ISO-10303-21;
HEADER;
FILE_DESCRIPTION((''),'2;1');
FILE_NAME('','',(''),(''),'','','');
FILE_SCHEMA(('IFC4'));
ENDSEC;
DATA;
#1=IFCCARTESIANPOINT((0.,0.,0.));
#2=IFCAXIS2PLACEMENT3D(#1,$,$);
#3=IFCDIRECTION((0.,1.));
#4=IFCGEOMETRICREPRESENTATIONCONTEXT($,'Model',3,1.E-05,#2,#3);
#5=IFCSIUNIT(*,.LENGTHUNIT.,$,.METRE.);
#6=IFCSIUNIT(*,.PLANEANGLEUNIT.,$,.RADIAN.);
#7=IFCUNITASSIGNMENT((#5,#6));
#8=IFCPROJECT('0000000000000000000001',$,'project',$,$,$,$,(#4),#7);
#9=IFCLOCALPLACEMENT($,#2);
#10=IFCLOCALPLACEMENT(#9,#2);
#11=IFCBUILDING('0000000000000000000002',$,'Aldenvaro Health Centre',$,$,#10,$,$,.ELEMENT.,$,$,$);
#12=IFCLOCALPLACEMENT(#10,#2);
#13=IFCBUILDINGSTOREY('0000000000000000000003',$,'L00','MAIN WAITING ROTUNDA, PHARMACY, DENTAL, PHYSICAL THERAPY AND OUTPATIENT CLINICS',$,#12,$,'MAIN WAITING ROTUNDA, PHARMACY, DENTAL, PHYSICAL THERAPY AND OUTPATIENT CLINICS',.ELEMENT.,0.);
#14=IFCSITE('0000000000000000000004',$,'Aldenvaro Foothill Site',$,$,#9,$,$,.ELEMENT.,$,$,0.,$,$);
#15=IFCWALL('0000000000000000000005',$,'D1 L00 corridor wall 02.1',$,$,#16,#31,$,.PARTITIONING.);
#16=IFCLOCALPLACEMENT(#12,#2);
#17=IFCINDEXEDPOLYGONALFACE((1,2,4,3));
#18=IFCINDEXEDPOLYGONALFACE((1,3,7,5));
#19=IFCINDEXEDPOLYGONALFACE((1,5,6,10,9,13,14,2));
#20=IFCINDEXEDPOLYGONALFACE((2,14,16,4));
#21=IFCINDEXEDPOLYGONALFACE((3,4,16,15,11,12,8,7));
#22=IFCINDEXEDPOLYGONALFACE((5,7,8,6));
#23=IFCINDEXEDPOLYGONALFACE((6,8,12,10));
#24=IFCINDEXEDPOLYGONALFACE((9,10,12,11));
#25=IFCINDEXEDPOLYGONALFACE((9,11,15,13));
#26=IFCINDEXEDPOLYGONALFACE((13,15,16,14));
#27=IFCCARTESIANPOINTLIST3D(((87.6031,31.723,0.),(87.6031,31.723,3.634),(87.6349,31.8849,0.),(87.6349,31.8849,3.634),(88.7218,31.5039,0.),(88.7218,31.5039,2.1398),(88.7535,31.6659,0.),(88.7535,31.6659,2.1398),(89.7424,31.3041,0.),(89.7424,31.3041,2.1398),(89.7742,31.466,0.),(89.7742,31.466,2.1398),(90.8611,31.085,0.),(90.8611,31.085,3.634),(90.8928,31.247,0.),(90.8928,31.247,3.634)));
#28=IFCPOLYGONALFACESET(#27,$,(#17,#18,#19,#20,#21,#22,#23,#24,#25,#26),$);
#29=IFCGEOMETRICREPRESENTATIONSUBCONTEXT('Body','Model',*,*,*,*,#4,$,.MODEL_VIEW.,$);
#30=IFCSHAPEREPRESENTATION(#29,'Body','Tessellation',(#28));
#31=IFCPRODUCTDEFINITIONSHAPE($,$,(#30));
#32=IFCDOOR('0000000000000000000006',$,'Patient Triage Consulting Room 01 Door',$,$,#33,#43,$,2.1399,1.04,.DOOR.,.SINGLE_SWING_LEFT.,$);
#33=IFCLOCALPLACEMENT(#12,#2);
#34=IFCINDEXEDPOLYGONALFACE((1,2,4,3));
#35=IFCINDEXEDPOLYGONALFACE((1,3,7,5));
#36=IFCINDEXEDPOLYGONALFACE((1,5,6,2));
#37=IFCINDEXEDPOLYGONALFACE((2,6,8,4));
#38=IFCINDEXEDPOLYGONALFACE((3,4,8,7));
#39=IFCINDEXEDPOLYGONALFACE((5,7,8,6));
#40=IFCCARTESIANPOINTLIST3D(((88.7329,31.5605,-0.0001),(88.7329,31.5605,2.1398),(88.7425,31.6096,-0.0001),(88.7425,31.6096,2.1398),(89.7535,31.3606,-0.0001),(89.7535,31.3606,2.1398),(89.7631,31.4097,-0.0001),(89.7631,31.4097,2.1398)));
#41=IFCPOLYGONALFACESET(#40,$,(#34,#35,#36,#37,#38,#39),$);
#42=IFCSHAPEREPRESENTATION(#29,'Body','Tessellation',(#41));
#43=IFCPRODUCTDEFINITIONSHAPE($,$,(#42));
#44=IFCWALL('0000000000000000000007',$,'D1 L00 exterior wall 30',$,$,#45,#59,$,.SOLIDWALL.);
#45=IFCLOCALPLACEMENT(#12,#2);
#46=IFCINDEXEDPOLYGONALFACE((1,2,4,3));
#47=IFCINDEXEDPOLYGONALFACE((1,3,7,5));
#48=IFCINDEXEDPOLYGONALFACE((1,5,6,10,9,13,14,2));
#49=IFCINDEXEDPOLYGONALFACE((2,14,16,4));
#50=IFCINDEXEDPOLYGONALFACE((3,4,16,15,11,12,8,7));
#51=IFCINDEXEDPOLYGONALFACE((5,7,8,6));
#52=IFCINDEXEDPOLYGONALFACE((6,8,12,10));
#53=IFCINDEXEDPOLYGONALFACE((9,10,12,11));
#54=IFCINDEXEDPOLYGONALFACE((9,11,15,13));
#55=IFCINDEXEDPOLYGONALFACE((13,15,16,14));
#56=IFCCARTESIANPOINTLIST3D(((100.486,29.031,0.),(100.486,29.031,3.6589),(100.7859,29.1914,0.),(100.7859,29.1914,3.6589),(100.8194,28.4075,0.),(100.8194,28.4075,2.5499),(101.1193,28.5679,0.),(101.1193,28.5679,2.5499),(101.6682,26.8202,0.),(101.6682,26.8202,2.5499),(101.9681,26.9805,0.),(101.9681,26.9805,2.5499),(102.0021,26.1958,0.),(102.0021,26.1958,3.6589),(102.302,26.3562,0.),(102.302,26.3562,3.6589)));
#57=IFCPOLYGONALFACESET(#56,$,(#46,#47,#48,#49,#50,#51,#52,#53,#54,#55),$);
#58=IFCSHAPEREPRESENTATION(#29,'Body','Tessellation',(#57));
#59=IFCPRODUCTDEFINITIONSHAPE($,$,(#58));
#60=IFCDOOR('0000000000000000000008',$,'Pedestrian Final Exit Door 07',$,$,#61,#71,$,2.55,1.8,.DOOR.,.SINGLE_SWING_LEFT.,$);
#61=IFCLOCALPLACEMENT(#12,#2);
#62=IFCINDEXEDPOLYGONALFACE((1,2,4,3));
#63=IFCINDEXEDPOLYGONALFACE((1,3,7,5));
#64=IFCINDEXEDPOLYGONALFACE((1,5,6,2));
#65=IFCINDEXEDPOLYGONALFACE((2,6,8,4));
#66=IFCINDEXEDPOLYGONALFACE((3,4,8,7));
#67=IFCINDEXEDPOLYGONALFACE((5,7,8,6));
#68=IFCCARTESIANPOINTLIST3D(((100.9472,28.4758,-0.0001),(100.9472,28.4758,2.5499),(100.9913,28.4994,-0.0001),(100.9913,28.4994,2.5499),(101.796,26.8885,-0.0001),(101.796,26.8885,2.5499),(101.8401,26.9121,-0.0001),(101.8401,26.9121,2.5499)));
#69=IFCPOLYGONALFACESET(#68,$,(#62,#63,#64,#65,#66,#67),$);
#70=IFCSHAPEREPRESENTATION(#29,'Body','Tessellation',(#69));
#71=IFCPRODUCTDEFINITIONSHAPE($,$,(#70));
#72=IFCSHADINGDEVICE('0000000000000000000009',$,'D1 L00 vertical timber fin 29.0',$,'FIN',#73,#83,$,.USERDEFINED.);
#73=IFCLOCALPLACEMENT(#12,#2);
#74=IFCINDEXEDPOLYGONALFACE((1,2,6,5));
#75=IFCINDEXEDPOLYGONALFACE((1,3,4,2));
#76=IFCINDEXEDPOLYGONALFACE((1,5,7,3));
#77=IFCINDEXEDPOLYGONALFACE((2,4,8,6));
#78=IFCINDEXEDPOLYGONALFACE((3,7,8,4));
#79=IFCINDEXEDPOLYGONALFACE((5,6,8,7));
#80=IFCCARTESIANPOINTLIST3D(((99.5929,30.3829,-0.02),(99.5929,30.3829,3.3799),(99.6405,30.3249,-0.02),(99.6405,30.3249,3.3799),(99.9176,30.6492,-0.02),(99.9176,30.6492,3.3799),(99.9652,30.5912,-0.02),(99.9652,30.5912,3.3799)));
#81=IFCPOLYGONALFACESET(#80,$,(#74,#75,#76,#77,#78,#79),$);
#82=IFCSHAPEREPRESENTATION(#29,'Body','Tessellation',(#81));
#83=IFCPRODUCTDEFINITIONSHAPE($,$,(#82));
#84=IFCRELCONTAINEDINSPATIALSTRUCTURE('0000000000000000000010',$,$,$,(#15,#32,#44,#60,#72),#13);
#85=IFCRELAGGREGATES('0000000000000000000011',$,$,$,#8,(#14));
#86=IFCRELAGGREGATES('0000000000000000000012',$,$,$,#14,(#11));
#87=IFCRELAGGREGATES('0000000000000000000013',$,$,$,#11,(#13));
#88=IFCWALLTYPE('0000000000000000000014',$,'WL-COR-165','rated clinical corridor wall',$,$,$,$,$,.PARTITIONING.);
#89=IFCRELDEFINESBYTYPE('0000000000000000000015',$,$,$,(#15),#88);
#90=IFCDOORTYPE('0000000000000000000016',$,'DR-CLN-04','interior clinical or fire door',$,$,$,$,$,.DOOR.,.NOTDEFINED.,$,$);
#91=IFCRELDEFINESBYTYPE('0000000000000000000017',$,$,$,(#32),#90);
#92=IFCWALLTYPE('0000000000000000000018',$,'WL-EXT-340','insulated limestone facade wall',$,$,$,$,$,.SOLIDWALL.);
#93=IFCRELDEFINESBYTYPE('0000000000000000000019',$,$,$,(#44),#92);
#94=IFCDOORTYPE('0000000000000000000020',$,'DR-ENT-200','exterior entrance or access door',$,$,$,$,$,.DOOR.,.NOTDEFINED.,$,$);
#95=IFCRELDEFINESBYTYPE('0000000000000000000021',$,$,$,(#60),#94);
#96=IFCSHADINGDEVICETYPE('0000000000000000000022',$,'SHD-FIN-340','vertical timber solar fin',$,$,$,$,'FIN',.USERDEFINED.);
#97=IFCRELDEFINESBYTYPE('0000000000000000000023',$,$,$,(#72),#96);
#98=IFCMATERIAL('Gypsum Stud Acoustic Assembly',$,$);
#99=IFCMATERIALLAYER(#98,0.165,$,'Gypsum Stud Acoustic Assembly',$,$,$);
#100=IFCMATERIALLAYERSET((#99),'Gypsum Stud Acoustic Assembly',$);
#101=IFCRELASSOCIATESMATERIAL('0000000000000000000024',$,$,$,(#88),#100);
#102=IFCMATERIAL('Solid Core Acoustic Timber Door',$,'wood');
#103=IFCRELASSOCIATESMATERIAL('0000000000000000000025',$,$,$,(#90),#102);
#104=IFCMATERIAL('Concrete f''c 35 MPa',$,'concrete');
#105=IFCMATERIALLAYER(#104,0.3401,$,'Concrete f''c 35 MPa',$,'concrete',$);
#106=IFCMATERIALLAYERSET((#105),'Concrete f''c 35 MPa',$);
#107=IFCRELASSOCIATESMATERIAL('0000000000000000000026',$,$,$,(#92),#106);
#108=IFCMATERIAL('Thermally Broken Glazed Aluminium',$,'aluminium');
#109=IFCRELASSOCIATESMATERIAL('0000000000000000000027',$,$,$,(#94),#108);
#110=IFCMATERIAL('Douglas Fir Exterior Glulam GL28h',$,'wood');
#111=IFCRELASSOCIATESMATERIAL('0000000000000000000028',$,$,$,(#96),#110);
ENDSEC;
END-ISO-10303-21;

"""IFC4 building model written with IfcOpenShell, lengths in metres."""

from ifc_helpers import new_model, si_unit, direction, frame, frame_2d, origin, origin_2d, place, context, subcontext, project, spatial, rectangle, extrude, material, layer, layer_set, type_object, element, fill, save


model = new_model("IFC4")

# Units and contexts
model_context = context("Model", 3, precision=1e-05, world=origin(), true_north=direction((0.0, 1.0)))
body_context = subcontext(model_context, "Body", "Model", "MODEL_VIEW")
ifc_project = project(units=[si_unit("LENGTHUNIT", "METRE"), si_unit("PLANEANGLEUNIT", "RADIAN")], contexts=[model_context])

# Site, building, storey
site_placement = place(None, origin())
site = spatial("IfcSite", under=ifc_project, at=site_placement, Name="Aldenvaro Foothill Site", CompositionType="ELEMENT", RefElevation=0.0)
building_placement = place(site_placement, origin())
building = spatial("IfcBuilding", under=site, at=building_placement, Name="Aldenvaro Health Centre", CompositionType="ELEMENT")
storey_placement = place(building_placement, origin())
storey = spatial("IfcBuildingStorey", under=building, at=storey_placement, Name="L00", Description="MAIN WAITING ROTUNDA, PHARMACY, DENTAL, PHYSICAL THERAPY AND OUTPATIENT CLINICS", LongName="MAIN WAITING ROTUNDA, PHARMACY, DENTAL, PHYSICAL THERAPY AND OUTPATIENT CLINICS", CompositionType="ELEMENT", Elevation=0.0)

# Shared definitions
ifc_material_1 = material(Name="Gypsum Stud Acoustic Assembly")
ifc_layer_1 = layer(ifc_material_1, 0.165, Name="Gypsum Stud Acoustic Assembly")
ifc_layer_set_1 = layer_set([ifc_layer_1], Name="Gypsum Stud Acoustic Assembly")
wall_type_1 = type_object("IfcWallType", Name="WL-COR-165", Description="rated clinical corridor wall", PredefinedType="PARTITIONING", material=ifc_layer_set_1)

# Walls, openings, doors
wall_1_placement = place(storey_placement, frame((90.877, 31.166, 0.0), z_axis=(0.0, 0.0, 1.0), x_axis=(-0.981365, 0.192155, 0.0)))
wall_1 = element("IfcWall", 1, at=wall_1_placement, inside=storey, type_object=wall_type_1, Name="D1 L00 corridor wall 02.1", PredefinedType="PARTITIONING", context=body_context, shape_type="SweptSolid", body=[
    extrude(rectangle(XDim=3.3198, YDim=0.165, at=frame_2d((1.6599, 0.0))), origin(), (0.0, 0.0, 1.0), 3.634),
])
opening_1_placement = place(wall_1_placement, frame((1.1399, 0.0, 0.0)))
opening_1 = element("IfcOpeningElement", 2, at=opening_1_placement, cuts=wall_1, PredefinedType="OPENING", context=body_context, shape_type="SweptSolid", body=[
    extrude(rectangle(XDim=1.04, YDim=2.1399, at=frame_2d((0.52, 1.0698))), frame((0.0, 0.0925, 0.0), z_axis=(0.0, -1.0, 0.0), x_axis=(1.0, 0.0, 0.0)), (0.0, 0.0, 1.0), 0.1851),
])
ifc_material_2 = material(Name="Solid Core Acoustic Timber Door", Category="wood")
door_type_1 = type_object("IfcDoorType", Name="DR-CLN-04", Description="interior clinical or fire door", OperationType="NOTDEFINED", PredefinedType="DOOR", material=ifc_material_2)
door_1_placement = place(opening_1_placement, origin())
door_1 = element("IfcDoor", 3, at=door_1_placement, inside=storey, type_object=door_type_1, Name="Patient Triage Consulting Room 01 Door", OperationType="SINGLE_SWING_LEFT", OverallHeight=2.1399, OverallWidth=1.04, PredefinedType="DOOR", context=body_context, shape_type="SweptSolid", body=[
    extrude(rectangle(XDim=1.04, YDim=2.1399, at=frame_2d((0.52, 1.0698))), frame((0.0, 0.0249, 0.0), z_axis=(0.0, -1.0, 0.0), x_axis=(1.0, 0.0, 0.0)), (0.0, 0.0, 1.0), 0.05),
])
fill(opening_1, door_1)
ifc_material_3 = material(Name="Concrete f'c 35 MPa", Category="concrete")
ifc_layer_2 = layer(ifc_material_3, 0.3401, Name="Concrete f'c 35 MPa", Category="concrete")
ifc_layer_set_2 = layer_set([ifc_layer_2], Name="Concrete f'c 35 MPa")
wall_type_2 = type_object("IfcWallType", Name="WL-EXT-340", Description="insulated limestone facade wall", PredefinedType="SOLIDWALL", material=ifc_layer_set_2)
wall_2_placement = place(storey_placement, frame((100.636, 29.1111, 0.0), z_axis=(0.0, 0.0, 1.0), x_axis=(0.471558, -0.881835, 0.0)))
wall_2 = element("IfcWall", 4, at=wall_2_placement, inside=storey, type_object=wall_type_2, Name="D1 L00 exterior wall 30", PredefinedType="SOLIDWALL", context=body_context, shape_type="SweptSolid", body=[
    extrude(rectangle(XDim=3.2151, YDim=0.3401, at=frame_2d((1.6074, 0.0))), origin(), (0.0, 0.0, 1.0), 3.6589),
])
opening_2_placement = place(wall_2_placement, frame((0.707, 0.0, 0.0)))
opening_2 = element("IfcOpeningElement", 5, at=opening_2_placement, cuts=wall_2, PredefinedType="OPENING", context=body_context, shape_type="SweptSolid", body=[
    extrude(rectangle(XDim=1.8, YDim=2.55, at=frame_2d((0.8999, 1.2749))), frame((0.0, 0.1802, 0.0), z_axis=(0.0, -1.0, 0.0), x_axis=(1.0, 0.0, 0.0)), (0.0, 0.0, 1.0), 0.3601),
])
ifc_material_4 = material(Name="Thermally Broken Glazed Aluminium", Category="aluminium")
door_type_2 = type_object("IfcDoorType", Name="DR-ENT-200", Description="exterior entrance or access door", OperationType="NOTDEFINED", PredefinedType="DOOR", material=ifc_material_4)
door_2_placement = place(opening_2_placement, origin())
door_2 = element("IfcDoor", 6, at=door_2_placement, inside=storey, type_object=door_type_2, Name="Pedestrian Final Exit Door 07", OperationType="SINGLE_SWING_LEFT", OverallHeight=2.55, OverallWidth=1.8, PredefinedType="DOOR", context=body_context, shape_type="SweptSolid", body=[
    extrude(rectangle(XDim=1.8, YDim=2.55, at=frame_2d((0.8999, 1.2749))), frame((0.0, 0.0249, 0.0), z_axis=(0.0, -1.0, 0.0), x_axis=(1.0, 0.0, 0.0)), (0.0, 0.0, 1.0), 0.05),
])
fill(opening_2, door_2)

# Shading device
ifc_material_5 = material(Name="Douglas Fir Exterior Glulam GL28h", Category="wood")
shading_device_type = type_object("IfcShadingDeviceType", Name="SHD-FIN-340", Description="vertical timber solar fin", ElementType="FIN", PredefinedType="USERDEFINED", material=ifc_material_5)
shading_device_placement = place(storey_placement, frame((99.7791, 30.4871, -0.02), z_axis=(0.0, 0.0, 1.0), x_axis=(0.634169, -0.773195, 0.0)))
element("IfcShadingDevice", 7, at=shading_device_placement, inside=storey, type_object=shading_device_type, Name="D1 L00 vertical timber fin 29.0", ObjectType="FIN", PredefinedType="USERDEFINED", context=body_context, shape_type="SweptSolid", body=[
    extrude(rectangle(XDim=0.075, YDim=0.4199, at=origin_2d()), origin(), (0.0, 0.0, 1.0), 3.3999),
])

save(model, "model.ifc")
